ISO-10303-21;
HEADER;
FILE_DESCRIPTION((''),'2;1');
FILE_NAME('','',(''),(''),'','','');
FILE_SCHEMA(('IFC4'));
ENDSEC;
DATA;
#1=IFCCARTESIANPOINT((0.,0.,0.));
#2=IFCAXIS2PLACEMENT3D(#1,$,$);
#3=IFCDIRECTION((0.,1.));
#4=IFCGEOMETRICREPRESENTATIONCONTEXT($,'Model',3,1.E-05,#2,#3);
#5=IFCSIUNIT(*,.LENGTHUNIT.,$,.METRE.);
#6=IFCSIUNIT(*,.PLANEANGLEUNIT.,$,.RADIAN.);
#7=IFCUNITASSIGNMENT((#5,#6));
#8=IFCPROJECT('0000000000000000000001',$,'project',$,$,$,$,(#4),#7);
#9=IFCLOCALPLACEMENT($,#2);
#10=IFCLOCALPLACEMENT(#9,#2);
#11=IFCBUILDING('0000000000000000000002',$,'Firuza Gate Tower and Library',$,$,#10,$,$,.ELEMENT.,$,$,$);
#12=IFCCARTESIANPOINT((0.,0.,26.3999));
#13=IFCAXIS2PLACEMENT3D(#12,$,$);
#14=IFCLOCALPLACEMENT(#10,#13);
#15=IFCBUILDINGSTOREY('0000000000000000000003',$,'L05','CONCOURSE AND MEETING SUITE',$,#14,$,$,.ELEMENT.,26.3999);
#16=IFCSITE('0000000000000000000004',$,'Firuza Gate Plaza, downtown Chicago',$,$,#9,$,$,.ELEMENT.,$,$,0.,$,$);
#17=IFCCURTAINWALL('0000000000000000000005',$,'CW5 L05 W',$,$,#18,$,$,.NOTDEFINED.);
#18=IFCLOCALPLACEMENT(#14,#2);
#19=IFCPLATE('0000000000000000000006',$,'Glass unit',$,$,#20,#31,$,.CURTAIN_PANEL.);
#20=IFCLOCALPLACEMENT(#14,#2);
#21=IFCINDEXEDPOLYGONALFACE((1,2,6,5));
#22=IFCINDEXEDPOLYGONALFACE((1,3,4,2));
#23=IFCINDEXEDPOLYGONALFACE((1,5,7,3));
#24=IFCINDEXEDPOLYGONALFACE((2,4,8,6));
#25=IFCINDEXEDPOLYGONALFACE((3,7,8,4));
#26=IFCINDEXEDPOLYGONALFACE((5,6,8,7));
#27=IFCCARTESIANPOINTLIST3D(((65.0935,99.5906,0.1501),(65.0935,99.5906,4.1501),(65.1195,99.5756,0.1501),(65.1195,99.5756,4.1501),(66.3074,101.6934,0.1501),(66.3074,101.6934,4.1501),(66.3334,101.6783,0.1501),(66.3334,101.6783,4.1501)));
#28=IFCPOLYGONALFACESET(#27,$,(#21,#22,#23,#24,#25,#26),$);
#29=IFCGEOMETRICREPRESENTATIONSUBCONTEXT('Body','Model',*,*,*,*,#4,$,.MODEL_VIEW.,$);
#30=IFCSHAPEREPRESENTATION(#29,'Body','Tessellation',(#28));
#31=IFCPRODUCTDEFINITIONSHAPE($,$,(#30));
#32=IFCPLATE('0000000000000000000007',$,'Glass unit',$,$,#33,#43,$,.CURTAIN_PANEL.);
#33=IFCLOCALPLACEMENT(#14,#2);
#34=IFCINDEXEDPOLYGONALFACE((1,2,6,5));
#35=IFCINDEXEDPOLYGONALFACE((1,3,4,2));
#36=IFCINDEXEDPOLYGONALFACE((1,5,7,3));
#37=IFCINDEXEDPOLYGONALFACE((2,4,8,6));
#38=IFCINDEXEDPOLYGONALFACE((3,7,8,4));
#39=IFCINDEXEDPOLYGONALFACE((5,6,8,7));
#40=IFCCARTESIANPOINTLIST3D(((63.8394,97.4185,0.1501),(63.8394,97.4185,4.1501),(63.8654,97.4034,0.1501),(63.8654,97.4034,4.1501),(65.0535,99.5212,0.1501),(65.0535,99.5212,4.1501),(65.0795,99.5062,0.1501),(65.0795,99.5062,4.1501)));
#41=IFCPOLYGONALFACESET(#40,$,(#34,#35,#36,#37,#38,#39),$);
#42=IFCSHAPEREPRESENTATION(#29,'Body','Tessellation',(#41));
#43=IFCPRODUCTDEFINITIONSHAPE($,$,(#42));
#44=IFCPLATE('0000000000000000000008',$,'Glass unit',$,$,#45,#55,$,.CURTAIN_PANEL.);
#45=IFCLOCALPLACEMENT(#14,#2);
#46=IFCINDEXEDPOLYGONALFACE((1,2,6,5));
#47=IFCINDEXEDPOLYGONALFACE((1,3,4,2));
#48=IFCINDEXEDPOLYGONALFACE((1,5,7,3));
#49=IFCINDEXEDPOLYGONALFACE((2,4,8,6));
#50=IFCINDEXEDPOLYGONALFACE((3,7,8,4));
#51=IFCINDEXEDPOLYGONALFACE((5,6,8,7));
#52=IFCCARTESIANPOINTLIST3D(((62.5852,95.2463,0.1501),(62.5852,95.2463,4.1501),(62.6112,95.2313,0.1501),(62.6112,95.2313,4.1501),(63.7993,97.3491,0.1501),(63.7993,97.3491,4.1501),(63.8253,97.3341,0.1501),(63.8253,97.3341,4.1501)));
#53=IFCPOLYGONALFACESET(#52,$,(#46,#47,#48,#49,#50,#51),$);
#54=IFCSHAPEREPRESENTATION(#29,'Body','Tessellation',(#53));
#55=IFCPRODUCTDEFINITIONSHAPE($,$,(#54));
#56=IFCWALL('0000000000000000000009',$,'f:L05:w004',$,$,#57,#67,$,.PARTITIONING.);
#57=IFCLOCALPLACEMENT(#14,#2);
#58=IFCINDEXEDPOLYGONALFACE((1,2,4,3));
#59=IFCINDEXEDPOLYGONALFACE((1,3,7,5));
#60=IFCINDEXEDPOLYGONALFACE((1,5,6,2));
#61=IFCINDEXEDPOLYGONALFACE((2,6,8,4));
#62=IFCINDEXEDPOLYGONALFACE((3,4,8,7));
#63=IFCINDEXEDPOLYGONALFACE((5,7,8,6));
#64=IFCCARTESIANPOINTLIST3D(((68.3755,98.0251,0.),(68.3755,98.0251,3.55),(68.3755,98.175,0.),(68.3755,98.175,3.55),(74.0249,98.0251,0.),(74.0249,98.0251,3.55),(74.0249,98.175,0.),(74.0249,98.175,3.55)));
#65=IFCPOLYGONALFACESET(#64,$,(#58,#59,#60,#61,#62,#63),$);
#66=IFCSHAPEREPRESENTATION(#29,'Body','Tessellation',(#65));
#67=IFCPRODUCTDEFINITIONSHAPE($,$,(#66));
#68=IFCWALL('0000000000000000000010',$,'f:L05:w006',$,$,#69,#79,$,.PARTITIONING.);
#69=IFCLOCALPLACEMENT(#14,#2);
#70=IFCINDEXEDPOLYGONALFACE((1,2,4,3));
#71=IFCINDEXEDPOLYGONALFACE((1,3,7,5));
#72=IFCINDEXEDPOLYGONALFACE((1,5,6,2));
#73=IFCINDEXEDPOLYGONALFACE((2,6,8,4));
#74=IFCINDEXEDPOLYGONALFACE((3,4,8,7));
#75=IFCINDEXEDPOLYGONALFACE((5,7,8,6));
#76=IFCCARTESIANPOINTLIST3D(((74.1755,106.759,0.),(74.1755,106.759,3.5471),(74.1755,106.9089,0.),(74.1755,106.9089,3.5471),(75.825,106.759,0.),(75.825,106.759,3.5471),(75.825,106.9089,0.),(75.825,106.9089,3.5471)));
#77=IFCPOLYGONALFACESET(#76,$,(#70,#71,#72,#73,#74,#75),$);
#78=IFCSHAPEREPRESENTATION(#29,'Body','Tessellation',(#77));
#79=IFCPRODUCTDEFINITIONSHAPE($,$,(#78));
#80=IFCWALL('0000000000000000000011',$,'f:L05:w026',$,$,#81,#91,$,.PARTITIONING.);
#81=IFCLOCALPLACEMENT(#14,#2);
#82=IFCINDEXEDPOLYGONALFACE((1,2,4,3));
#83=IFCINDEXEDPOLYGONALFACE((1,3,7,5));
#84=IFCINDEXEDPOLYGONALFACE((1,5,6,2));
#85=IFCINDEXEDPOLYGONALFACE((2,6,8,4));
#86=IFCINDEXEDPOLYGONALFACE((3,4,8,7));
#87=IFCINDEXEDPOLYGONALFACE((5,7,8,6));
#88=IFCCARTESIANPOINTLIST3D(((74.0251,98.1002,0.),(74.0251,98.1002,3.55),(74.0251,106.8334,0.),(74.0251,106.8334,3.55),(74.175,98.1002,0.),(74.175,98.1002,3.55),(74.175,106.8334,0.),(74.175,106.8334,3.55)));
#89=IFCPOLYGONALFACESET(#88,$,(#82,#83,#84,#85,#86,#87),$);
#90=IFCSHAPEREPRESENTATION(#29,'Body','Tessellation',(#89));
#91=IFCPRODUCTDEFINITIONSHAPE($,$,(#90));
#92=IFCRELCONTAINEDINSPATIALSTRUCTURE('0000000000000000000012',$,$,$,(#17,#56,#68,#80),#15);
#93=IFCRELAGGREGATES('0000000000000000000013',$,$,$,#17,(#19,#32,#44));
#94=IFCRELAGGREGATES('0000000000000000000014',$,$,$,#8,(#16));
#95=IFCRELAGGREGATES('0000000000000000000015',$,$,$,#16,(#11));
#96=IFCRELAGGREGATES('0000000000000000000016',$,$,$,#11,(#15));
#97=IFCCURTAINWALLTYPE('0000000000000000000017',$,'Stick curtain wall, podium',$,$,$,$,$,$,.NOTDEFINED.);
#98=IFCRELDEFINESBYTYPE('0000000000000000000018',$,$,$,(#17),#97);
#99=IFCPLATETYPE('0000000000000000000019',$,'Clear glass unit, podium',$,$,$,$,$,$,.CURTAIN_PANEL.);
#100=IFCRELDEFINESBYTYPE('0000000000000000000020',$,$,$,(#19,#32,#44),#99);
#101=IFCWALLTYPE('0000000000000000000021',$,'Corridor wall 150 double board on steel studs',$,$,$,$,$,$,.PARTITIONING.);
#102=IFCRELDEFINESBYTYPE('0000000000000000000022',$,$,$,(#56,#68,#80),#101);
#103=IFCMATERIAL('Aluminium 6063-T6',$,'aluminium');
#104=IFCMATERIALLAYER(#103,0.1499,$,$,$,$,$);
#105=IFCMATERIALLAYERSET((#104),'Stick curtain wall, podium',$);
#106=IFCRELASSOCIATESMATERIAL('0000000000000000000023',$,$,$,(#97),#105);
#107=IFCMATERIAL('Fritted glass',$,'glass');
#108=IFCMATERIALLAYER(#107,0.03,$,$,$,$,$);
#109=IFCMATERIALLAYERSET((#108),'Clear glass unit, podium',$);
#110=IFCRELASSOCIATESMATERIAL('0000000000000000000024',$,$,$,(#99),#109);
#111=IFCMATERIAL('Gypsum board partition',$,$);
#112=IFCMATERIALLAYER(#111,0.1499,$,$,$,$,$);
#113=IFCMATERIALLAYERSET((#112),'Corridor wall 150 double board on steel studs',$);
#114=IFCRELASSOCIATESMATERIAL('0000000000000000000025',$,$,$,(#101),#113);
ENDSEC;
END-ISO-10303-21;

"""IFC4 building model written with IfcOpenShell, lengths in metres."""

from ifc_helpers import new_model, si_unit, direction, frame, frame_2d, origin, place, context, subcontext, project, spatial, polyline, rectangle, outline, extrude, material, layer, layer_set, type_object, element, aggregate, save


model = new_model("IFC4")

# Units and contexts
model_context = context("Model", 3, precision=1e-05, world=origin(), true_north=direction((0.0, 1.0)))
body_context = subcontext(model_context, "Body", "Model", "MODEL_VIEW")
ifc_project = project(units=[si_unit("LENGTHUNIT", "METRE"), si_unit("PLANEANGLEUNIT", "RADIAN")], contexts=[model_context])

# Site, building, storey
site_placement = place(None, origin())
site = spatial("IfcSite", under=ifc_project, at=site_placement, Name="Firuza Gate Plaza, downtown Chicago", CompositionType="ELEMENT", RefElevation=0.0)
building_placement = place(site_placement, origin())
building = spatial("IfcBuilding", under=site, at=building_placement, Name="Firuza Gate Tower and Library", CompositionType="ELEMENT")
storey_placement = place(building_placement, frame((0.0, 0.0, 26.3999)))
storey = spatial("IfcBuildingStorey", under=building, at=storey_placement, Name="L05", Description="CONCOURSE AND MEETING SUITE", CompositionType="ELEMENT", Elevation=26.3999)

# Shared definitions
ifc_material_1 = material(Name="Aluminium 6063-T6", Category="aluminium")
ifc_layer_1 = layer(ifc_material_1, 0.1499)
ifc_layer_set_1 = layer_set([ifc_layer_1], Name="Stick curtain wall, podium")
curtain_wall_type = type_object("IfcCurtainWallType", Name="Stick curtain wall, podium", PredefinedType="NOTDEFINED", material=ifc_layer_set_1)
placement = place(storey_placement, origin())

# Curtain wall
curtain_wall_1 = element("IfcCurtainWall", 1, at=placement, inside=storey, type_object=curtain_wall_type, Name="CW5 L05 W", PredefinedType="NOTDEFINED")

# Plates
ifc_material_2 = material(Name="Fritted glass", Category="glass")
ifc_layer_2 = layer(ifc_material_2, 0.03)
ifc_layer_set_2 = layer_set([ifc_layer_2], Name="Clear glass unit, podium")
plate_type = type_object("IfcPlateType", Name="Clear glass unit, podium", PredefinedType="CURTAIN_PANEL", material=ifc_layer_set_2)
plate_1_placement = place(storey_placement, frame((66.3074, 101.6934, 0.1501), z_axis=(-0.866057, 0.499946, 0.0), x_axis=(-0.499946, -0.866057, 0.0)))
plate_1 = element("IfcPlate", 2, at=plate_1_placement, type_object=plate_type, Name="Glass unit", PredefinedType="CURTAIN_PANEL", context=body_context, shape_type="SweptSolid", body=[
    extrude(outline(polyline([(0.0, 0.0), (2.428, 0.0), (2.428, 4.0), (0.0, 4.0), (0.0, 0.0)])), origin(), (0.0, 0.0, -1.0), 0.03),
])
plate_2_placement = place(storey_placement, frame((65.0535, 99.5212, 0.1501), z_axis=(-0.866013, 0.500021, 0.0), x_axis=(-0.500021, -0.866013, 0.0)))
plate_2 = element("IfcPlate", 3, at=plate_2_placement, type_object=plate_type, Name="Glass unit", PredefinedType="CURTAIN_PANEL", context=body_context, shape_type="SweptSolid", body=[
    extrude(outline(polyline([(0.0, 0.0), (2.4281, 0.0), (2.4281, 4.0), (0.0, 4.0), (0.0, 0.0)])), origin(), (0.0, 0.0, -1.0), 0.03),
])
plate_3_placement = place(storey_placement, frame((63.7993, 97.3491, 0.1501), z_axis=(-0.866013, 0.500021, 0.0), x_axis=(-0.500021, -0.866013, 0.0)))
plate_3 = element("IfcPlate", 4, at=plate_3_placement, type_object=plate_type, Name="Glass unit", PredefinedType="CURTAIN_PANEL", context=body_context, shape_type="SweptSolid", body=[
    extrude(outline(polyline([(0.0, 0.0), (2.4281, 0.0), (2.4281, 4.0), (0.0, 4.0), (0.0, 0.0)])), origin(), (0.0, 0.0, -1.0), 0.03),
])
aggregate(curtain_wall_1, [plate_1, plate_2, plate_3])

# Walls
ifc_material_3 = material(Name="Gypsum board partition")
ifc_layer_3 = layer(ifc_material_3, 0.1499)
ifc_layer_set_3 = layer_set([ifc_layer_3], Name="Corridor wall 150 double board on steel studs")
wall_type = type_object("IfcWallType", Name="Corridor wall 150 double board on steel studs", PredefinedType="PARTITIONING", material=ifc_layer_set_3)
wall_1_placement = place(storey_placement, frame((68.3755, 98.1001, 0.0), z_axis=(0.0, 0.0, 1.0), x_axis=(1.0, 0.0, 0.0)))
element("IfcWall", 5, at=wall_1_placement, inside=storey, type_object=wall_type, Name="f:L05:w004", PredefinedType="PARTITIONING", context=body_context, shape_type="SweptSolid", body=[
    extrude(rectangle(XDim=5.6494, YDim=0.1499, at=frame_2d((2.8247, 0.0))), origin(), (0.0, 0.0, 1.0), 3.55),
])
wall_2_placement = place(storey_placement, frame((74.1755, 106.834, 0.0), z_axis=(0.0, 0.0, 1.0), x_axis=(1.0, 0.0, 0.0)))
element("IfcWall", 6, at=wall_2_placement, inside=storey, type_object=wall_type, Name="f:L05:w006", PredefinedType="PARTITIONING", context=body_context, shape_type="SweptSolid", body=[
    extrude(rectangle(XDim=1.6494, YDim=0.1499, at=frame_2d((0.8247, 0.0))), origin(), (0.0, 0.0, 1.0), 3.5471),
])
wall_3_placement = place(storey_placement, frame((74.1001, 98.1001, 0.0), z_axis=(0.0, 0.0, 1.0), x_axis=(0.0, 1.0, 0.0)))
element("IfcWall", 7, at=wall_3_placement, inside=storey, type_object=wall_type, Name="f:L05:w026", PredefinedType="PARTITIONING", context=body_context, shape_type="SweptSolid", body=[
    extrude(rectangle(XDim=8.7332, YDim=0.1499, at=frame_2d((4.3667, 0.0))), origin(), (0.0, 0.0, 1.0), 3.55),
])

save(model, "model.ifc")
